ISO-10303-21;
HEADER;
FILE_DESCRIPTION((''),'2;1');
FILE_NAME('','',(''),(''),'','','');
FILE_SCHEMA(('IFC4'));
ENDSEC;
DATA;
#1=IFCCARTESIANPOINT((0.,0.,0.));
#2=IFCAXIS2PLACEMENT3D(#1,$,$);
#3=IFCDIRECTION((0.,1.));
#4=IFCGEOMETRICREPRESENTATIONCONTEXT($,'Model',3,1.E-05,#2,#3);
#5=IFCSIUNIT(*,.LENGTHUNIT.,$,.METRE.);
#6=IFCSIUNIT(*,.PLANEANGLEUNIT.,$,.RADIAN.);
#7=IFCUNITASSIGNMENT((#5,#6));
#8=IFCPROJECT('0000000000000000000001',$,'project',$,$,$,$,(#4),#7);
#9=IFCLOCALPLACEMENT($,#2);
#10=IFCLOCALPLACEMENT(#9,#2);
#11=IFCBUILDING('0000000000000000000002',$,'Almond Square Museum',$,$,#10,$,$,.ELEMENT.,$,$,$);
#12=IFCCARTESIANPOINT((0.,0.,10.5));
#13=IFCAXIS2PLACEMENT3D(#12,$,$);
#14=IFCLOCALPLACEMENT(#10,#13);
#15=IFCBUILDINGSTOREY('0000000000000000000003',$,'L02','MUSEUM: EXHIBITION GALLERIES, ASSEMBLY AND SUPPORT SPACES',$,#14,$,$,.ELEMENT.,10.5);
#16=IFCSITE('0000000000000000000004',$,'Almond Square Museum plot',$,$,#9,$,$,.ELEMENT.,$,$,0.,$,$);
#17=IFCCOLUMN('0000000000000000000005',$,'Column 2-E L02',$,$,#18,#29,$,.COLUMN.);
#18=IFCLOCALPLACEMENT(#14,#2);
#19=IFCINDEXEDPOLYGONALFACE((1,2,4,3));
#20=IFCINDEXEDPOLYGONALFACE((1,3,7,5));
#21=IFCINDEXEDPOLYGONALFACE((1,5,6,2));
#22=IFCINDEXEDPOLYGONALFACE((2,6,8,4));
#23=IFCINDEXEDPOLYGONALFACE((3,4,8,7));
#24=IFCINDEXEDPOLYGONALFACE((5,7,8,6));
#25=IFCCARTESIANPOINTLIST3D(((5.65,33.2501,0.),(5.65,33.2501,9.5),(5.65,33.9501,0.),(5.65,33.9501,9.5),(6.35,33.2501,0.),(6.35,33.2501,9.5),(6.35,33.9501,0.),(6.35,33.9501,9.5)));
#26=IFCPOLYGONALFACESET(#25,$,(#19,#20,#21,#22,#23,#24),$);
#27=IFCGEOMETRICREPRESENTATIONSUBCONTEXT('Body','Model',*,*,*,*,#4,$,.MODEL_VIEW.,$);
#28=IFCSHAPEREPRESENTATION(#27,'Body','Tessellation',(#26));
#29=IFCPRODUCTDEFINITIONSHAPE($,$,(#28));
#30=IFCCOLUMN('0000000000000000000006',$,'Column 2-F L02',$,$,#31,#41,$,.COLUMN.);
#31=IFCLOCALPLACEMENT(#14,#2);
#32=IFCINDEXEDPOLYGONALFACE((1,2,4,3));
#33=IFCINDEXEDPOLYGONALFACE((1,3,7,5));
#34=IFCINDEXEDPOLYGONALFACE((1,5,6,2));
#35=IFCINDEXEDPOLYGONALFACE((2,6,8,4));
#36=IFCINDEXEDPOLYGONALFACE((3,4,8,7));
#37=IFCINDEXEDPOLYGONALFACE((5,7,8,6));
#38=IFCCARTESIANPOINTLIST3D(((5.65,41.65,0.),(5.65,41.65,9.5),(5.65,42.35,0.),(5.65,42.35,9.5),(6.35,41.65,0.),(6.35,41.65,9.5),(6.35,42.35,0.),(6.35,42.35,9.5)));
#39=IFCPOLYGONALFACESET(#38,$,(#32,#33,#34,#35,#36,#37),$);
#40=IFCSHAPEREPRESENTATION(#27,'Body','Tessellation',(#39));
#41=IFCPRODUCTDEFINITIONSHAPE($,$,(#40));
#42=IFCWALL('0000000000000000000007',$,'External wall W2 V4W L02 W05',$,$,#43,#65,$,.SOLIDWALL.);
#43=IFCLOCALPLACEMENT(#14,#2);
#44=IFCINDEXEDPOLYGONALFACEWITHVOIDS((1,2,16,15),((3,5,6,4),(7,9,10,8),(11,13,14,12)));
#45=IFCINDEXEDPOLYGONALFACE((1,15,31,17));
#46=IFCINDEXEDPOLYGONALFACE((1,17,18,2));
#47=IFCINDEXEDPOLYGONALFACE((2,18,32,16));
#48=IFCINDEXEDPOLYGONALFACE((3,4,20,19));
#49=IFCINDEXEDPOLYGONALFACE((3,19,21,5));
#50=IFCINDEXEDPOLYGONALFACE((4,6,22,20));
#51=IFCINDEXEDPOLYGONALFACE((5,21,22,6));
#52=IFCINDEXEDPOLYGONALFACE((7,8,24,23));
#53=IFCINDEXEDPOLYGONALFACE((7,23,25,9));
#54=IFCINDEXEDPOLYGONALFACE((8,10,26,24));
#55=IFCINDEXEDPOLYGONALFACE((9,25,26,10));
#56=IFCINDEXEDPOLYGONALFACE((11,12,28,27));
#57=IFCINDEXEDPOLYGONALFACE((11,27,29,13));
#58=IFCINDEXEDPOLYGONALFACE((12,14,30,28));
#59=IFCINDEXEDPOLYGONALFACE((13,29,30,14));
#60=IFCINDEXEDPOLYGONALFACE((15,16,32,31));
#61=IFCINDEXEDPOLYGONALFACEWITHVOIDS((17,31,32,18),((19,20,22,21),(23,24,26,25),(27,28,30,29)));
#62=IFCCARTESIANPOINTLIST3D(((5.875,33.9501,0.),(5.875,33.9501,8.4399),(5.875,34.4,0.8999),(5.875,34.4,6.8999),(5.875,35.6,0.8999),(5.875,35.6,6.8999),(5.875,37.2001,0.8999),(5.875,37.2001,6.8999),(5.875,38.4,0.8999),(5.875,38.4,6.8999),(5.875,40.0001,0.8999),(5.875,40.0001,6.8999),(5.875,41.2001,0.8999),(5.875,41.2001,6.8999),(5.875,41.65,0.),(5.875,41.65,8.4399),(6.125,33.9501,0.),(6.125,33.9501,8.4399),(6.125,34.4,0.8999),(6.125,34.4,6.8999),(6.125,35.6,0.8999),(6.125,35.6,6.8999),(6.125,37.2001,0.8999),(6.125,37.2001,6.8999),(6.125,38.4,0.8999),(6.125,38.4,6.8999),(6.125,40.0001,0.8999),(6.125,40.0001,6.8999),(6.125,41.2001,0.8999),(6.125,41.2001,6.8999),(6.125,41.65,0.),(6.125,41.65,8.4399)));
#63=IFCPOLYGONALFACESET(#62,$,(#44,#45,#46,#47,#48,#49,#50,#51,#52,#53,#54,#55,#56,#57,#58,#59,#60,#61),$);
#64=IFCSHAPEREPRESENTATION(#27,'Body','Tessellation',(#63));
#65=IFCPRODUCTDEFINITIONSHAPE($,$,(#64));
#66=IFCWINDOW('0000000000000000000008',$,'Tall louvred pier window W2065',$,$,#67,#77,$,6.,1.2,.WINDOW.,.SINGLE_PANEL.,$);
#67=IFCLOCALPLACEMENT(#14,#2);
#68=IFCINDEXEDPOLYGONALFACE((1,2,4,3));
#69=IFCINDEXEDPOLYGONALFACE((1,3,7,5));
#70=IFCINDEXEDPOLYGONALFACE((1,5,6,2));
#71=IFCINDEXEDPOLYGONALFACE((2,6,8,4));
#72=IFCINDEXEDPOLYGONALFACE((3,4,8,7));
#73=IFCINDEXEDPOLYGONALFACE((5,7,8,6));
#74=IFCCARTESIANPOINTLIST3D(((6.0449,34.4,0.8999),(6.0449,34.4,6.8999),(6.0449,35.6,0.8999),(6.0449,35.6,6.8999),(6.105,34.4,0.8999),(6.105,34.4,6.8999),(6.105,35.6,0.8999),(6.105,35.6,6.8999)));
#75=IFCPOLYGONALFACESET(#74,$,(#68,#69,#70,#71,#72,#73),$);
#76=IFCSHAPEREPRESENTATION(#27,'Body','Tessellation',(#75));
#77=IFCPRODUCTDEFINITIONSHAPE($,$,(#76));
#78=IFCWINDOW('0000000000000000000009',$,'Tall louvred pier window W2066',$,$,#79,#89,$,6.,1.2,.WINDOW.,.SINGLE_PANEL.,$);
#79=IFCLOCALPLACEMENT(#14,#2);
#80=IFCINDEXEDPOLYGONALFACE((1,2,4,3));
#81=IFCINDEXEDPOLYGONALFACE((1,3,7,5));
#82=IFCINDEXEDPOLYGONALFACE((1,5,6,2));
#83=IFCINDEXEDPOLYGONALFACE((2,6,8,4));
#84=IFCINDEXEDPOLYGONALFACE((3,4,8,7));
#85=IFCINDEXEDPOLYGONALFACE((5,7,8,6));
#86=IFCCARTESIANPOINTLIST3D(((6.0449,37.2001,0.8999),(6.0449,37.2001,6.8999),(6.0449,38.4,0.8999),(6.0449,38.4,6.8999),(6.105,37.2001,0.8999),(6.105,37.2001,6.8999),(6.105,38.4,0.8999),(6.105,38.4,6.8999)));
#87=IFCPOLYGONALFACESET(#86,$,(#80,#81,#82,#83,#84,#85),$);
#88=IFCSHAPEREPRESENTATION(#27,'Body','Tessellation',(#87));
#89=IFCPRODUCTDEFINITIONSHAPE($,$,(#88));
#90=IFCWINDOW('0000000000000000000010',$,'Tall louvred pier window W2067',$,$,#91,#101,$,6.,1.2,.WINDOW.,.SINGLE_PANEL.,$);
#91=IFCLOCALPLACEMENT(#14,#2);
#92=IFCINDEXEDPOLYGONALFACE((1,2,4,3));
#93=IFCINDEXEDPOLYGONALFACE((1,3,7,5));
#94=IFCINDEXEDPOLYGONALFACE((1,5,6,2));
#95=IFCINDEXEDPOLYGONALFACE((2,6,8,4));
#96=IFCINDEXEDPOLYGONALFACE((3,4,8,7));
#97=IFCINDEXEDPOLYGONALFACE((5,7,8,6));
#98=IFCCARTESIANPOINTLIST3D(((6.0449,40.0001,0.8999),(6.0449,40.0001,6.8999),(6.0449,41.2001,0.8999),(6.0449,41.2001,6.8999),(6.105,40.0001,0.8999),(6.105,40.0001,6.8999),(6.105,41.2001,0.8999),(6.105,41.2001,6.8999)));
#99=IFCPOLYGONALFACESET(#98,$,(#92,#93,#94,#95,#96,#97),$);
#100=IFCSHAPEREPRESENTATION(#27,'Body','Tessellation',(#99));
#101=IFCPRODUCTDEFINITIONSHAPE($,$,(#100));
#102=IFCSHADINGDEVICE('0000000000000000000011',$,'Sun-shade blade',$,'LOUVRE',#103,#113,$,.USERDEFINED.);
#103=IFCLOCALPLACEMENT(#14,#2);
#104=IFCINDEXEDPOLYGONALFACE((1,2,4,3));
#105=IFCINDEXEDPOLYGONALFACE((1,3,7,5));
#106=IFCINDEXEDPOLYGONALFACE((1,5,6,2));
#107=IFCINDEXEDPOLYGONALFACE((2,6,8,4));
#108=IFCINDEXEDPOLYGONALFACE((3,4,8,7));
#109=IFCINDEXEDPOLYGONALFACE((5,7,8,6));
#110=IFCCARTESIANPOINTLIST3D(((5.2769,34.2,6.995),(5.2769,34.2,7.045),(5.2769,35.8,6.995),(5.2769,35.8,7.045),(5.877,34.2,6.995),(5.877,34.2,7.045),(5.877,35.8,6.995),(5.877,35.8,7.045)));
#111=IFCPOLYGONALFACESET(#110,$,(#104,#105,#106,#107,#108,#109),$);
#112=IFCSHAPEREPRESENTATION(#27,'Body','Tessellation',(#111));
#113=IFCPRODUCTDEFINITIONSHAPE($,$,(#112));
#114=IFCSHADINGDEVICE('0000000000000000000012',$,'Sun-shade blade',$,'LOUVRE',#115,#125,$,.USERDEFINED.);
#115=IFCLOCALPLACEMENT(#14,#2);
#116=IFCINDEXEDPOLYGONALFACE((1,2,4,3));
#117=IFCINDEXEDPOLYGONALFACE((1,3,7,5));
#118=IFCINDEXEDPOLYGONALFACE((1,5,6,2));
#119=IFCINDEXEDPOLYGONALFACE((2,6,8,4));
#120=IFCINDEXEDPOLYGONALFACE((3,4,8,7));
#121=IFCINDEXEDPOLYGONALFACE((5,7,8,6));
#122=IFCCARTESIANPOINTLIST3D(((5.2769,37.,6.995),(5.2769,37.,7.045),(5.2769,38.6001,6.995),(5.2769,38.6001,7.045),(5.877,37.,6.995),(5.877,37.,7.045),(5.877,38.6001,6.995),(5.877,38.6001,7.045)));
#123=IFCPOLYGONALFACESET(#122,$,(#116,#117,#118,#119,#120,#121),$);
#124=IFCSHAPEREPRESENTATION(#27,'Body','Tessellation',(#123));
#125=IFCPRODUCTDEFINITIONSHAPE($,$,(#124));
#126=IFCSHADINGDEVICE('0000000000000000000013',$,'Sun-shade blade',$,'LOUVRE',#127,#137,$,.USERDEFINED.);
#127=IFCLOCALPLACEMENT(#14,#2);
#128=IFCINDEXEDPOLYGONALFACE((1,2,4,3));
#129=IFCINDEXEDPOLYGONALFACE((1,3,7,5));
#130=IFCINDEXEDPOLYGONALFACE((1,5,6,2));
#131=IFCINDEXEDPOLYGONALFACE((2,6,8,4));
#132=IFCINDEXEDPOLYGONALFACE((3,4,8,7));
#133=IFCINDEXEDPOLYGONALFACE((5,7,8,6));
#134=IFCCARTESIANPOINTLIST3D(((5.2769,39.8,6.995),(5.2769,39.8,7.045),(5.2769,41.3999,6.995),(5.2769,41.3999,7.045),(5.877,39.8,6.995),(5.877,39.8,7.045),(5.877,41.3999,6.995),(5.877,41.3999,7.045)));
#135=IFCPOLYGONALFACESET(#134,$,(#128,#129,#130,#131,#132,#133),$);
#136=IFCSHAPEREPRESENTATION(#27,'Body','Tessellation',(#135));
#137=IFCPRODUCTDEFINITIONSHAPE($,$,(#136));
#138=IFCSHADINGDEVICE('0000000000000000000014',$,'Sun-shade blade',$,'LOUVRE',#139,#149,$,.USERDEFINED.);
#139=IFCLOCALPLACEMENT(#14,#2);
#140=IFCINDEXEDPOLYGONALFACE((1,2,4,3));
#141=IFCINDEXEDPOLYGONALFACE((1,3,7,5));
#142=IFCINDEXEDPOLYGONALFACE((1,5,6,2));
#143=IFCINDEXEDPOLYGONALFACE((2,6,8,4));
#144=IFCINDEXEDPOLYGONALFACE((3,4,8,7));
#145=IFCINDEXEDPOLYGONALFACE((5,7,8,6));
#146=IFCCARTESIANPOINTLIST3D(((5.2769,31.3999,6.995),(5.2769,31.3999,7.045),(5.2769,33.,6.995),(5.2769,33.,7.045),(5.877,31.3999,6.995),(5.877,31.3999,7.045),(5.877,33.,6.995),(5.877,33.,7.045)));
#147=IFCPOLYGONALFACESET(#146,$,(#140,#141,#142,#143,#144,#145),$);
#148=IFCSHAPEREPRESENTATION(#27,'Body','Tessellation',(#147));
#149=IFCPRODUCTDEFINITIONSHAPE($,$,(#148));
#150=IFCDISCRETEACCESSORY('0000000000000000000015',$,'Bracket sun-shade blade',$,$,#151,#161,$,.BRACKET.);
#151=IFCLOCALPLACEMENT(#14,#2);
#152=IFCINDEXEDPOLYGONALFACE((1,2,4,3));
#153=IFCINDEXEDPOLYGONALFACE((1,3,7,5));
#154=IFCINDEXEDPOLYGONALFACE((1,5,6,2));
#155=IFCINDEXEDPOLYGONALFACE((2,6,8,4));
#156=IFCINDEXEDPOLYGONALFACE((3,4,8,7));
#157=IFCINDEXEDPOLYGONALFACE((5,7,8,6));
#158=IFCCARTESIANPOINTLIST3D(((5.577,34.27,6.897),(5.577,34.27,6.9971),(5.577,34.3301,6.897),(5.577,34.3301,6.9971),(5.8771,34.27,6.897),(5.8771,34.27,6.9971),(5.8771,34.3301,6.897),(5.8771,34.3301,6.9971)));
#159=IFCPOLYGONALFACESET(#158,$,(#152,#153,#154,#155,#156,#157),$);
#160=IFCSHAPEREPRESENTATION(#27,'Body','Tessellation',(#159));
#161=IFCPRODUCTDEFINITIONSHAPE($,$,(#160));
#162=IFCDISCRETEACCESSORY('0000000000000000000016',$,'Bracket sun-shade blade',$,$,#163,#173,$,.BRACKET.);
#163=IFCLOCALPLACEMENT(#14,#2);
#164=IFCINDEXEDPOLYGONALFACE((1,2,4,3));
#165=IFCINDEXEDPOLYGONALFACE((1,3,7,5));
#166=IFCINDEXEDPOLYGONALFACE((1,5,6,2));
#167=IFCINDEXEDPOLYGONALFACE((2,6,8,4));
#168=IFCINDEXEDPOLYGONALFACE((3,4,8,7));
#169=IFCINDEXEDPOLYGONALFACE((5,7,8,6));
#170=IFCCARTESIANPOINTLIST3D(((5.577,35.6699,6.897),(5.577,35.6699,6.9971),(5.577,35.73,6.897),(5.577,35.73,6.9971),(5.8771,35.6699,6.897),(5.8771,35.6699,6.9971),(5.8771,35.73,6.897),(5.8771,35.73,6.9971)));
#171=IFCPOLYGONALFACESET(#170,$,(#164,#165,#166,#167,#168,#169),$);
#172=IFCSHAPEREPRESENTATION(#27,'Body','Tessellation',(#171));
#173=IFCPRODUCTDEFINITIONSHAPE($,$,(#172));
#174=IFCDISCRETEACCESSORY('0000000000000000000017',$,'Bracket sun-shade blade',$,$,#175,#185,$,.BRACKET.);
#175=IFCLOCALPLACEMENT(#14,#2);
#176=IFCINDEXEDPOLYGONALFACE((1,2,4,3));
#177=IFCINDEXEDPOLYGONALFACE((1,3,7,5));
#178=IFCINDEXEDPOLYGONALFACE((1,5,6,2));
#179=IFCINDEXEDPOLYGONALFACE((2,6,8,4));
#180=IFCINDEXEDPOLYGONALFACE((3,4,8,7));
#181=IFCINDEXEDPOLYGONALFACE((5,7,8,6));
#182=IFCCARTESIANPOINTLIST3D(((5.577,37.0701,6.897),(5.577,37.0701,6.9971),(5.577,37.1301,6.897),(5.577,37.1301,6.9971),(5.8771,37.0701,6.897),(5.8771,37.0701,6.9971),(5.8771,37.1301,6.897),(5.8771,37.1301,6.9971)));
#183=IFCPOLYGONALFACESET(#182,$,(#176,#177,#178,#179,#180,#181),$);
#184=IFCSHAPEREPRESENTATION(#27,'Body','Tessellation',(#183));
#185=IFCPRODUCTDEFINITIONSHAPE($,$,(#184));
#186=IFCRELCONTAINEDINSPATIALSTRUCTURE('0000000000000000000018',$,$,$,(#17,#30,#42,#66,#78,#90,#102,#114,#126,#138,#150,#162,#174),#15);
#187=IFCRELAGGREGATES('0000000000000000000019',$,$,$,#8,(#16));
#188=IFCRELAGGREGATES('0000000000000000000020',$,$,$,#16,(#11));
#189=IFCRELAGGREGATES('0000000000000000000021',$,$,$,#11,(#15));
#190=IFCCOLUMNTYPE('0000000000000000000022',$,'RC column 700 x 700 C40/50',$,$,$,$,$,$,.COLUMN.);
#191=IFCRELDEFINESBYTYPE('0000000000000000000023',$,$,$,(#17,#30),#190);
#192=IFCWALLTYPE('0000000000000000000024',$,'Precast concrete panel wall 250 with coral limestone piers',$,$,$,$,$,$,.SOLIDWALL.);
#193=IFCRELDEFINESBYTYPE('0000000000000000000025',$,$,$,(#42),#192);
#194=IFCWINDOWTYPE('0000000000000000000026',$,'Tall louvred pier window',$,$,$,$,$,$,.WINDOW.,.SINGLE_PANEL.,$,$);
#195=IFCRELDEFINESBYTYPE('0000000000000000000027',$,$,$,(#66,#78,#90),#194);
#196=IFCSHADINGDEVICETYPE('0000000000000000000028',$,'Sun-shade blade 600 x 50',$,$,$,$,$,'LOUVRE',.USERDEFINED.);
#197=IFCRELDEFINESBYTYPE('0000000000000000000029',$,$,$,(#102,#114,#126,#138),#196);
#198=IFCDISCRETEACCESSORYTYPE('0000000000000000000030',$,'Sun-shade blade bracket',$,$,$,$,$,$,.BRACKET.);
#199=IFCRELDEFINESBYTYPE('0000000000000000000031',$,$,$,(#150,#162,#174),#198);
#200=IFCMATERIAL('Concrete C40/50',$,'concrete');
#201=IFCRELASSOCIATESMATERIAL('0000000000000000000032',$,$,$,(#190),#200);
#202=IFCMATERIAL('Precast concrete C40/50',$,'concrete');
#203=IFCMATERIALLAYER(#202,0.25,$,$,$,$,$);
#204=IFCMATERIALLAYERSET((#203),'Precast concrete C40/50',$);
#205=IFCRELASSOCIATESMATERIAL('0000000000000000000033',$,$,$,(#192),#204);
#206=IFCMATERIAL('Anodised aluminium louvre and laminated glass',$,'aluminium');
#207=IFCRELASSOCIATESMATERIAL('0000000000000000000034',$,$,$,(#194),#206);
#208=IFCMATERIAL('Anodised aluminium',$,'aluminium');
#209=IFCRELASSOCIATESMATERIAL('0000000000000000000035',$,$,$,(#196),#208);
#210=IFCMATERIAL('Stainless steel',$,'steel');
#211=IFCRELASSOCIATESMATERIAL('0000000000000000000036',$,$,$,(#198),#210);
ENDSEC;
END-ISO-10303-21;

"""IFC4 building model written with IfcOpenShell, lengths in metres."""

from ifc_helpers import new_model, si_unit, direction, frame, frame_2d, origin, origin_2d, place, context, subcontext, project, spatial, rectangle, extrude, material, layer, layer_set, material_profile, profile_set, type_object, element, fill, save


model = new_model("IFC4")

# Units and contexts
model_context = context("Model", 3, precision=1e-05, world=origin(), true_north=direction((0.0, 1.0)))
body_context = subcontext(model_context, "Body", "Model", "MODEL_VIEW")
ifc_project = project(units=[si_unit("LENGTHUNIT", "METRE"), si_unit("PLANEANGLEUNIT", "RADIAN")], contexts=[model_context])

# Site, building, storey
site_placement = place(None, origin())
site = spatial("IfcSite", under=ifc_project, at=site_placement, Name="Almond Square Museum plot", CompositionType="ELEMENT", RefElevation=0.0)
building_placement = place(site_placement, origin())
building = spatial("IfcBuilding", under=site, at=building_placement, Name="Almond Square Museum", CompositionType="ELEMENT")
storey_placement = place(building_placement, frame((0.0, 0.0, 10.5)))
storey = spatial("IfcBuildingStorey", under=building, at=storey_placement, Name="L02", Description="MUSEUM: EXHIBITION GALLERIES, ASSEMBLY AND SUPPORT SPACES", CompositionType="ELEMENT", Elevation=10.5)

# Columns
ifc_material_1 = material(Name="Concrete C40/50", Category="concrete")
ifc_material_profile_1 = material_profile(ifc_material_1, rectangle(XDim=0.7, YDim=0.7, at=origin_2d()))
ifc_profile_set_1 = profile_set([ifc_material_profile_1], Name="Concrete C40/50")
column_type = type_object("IfcColumnType", Name="RC column 700 x 700 C40/50", PredefinedType="COLUMN", material=ifc_profile_set_1)
for number, where, z_axis, x_axis, name in (
    (1, (6.0, 33.6001, 0.0), (0.0, 0.0, 1.0), (1.0, 0.0, 0.0), "Column 2-E L02"),
    (2, (6.0, 42.0, 0.0), (0.0, 0.0, 1.0), (1.0, 0.0, 0.0), "Column 2-F L02"),
):
    element("IfcColumn", number, at=place(storey_placement, frame(where, z_axis=z_axis, x_axis=x_axis)), inside=storey, type_object=column_type, Name=name, PredefinedType="COLUMN", context=body_context, shape_type="SweptSolid", body=[
        extrude(rectangle(XDim=0.7, YDim=0.7, at=origin_2d()), origin(), (0.0, 0.0, 1.0), 9.5),
    ])

# Wall, openings, windows
ifc_material_2 = material(Name="Precast concrete C40/50", Category="concrete")
ifc_layer = layer(ifc_material_2, 0.25)
ifc_layer_set = layer_set([ifc_layer], Name="Precast concrete C40/50")
wall_type = type_object("IfcWallType", Name="Precast concrete panel wall 250 with coral limestone piers", PredefinedType="SOLIDWALL", material=ifc_layer_set)
wall_placement = place(storey_placement, frame((6.0, 33.95, 0.0), z_axis=(0.0, 0.0, 1.0), x_axis=(0.0, 1.0, 0.0)))
wall = element("IfcWall", 3, at=wall_placement, inside=storey, type_object=wall_type, Name="External wall W2 V4W L02 W05", PredefinedType="SOLIDWALL", context=body_context, shape_type="SweptSolid", body=[
    extrude(rectangle(XDim=7.7, YDim=0.25, at=frame_2d((3.8501, 0.0))), origin(), (0.0, 0.0, 1.0), 8.4399),
])
opening_1_placement = place(wall_placement, frame((0.45, 0.0, 0.8999)))
opening_1 = element("IfcOpeningElement", 4, at=opening_1_placement, cuts=wall, PredefinedType="OPENING", context=body_context, shape_type="SweptSolid", body=[
    extrude(rectangle(XDim=1.2, YDim=6.0, at=frame_2d((0.6001, 3.0))), frame((0.0, 0.135, 0.0), z_axis=(0.0, -1.0, 0.0), x_axis=(1.0, 0.0, 0.0)), (0.0, 0.0, 1.0), 0.27),
])
opening_2_placement = place(wall_placement, frame((3.25, 0.0, 0.8999)))
opening_2 = element("IfcOpeningElement", 5, at=opening_2_placement, cuts=wall, PredefinedType="OPENING", context=body_context, shape_type="SweptSolid", body=[
    extrude(rectangle(XDim=1.2, YDim=6.0, at=frame_2d((0.6001, 3.0))), frame((0.0, 0.135, 0.0), z_axis=(0.0, -1.0, 0.0), x_axis=(1.0, 0.0, 0.0)), (0.0, 0.0, 1.0), 0.27),
])
opening_3_placement = place(wall_placement, frame((6.05, 0.0, 0.8999)))
opening_3 = element("IfcOpeningElement", 6, at=opening_3_placement, cuts=wall, PredefinedType="OPENING", context=body_context, shape_type="SweptSolid", body=[
    extrude(rectangle(XDim=1.2, YDim=6.0, at=frame_2d((0.6001, 3.0))), frame((0.0, 0.135, 0.0), z_axis=(0.0, -1.0, 0.0), x_axis=(1.0, 0.0, 0.0)), (0.0, 0.0, 1.0), 0.27),
])
ifc_material_3 = material(Name="Anodised aluminium louvre and laminated glass", Category="aluminium")
window_type = type_object("IfcWindowType", Name="Tall louvred pier window", PartitioningType="SINGLE_PANEL", PredefinedType="WINDOW", material=ifc_material_3)
window_1_placement = place(opening_1_placement, origin())
window_1 = element("IfcWindow", 7, at=window_1_placement, inside=storey, type_object=window_type, Name="Tall louvred pier window W2065", OverallHeight=6.0, OverallWidth=1.2, PartitioningType="SINGLE_PANEL", PredefinedType="WINDOW", context=body_context, shape_type="SweptSolid", body=[
    extrude(rectangle(XDim=1.2, YDim=6.0, at=frame_2d((0.6001, 3.0))), frame((0.0, -0.0449, 0.0), z_axis=(0.0, -1.0, 0.0), x_axis=(1.0, 0.0, 0.0)), (0.0, 0.0, 1.0), 0.0601),
])
fill(opening_1, window_1)
window_2_placement = place(opening_2_placement, origin())
window_2 = element("IfcWindow", 8, at=window_2_placement, inside=storey, type_object=window_type, Name="Tall louvred pier window W2066", OverallHeight=6.0, OverallWidth=1.2, PartitioningType="SINGLE_PANEL", PredefinedType="WINDOW", context=body_context, shape_type="SweptSolid", body=[
    extrude(rectangle(XDim=1.2, YDim=6.0, at=frame_2d((0.6001, 3.0))), frame((0.0, -0.0449, 0.0), z_axis=(0.0, -1.0, 0.0), x_axis=(1.0, 0.0, 0.0)), (0.0, 0.0, 1.0), 0.0601),
])
fill(opening_2, window_2)
window_3_placement = place(opening_3_placement, origin())
window_3 = element("IfcWindow", 9, at=window_3_placement, inside=storey, type_object=window_type, Name="Tall louvred pier window W2067", OverallHeight=6.0, OverallWidth=1.2, PartitioningType="SINGLE_PANEL", PredefinedType="WINDOW", context=body_context, shape_type="SweptSolid", body=[
    extrude(rectangle(XDim=1.2, YDim=6.0, at=frame_2d((0.6001, 3.0))), frame((0.0, -0.0449, 0.0), z_axis=(0.0, -1.0, 0.0), x_axis=(1.0, 0.0, 0.0)), (0.0, 0.0, 1.0), 0.0601),
])
fill(opening_3, window_3)

# Shading devices
ifc_material_4 = material(Name="Anodised aluminium", Category="aluminium")
ifc_material_profile_2 = material_profile(ifc_material_4, rectangle(XDim=0.6001, YDim=0.05, at=origin_2d()))
ifc_profile_set_2 = profile_set([ifc_material_profile_2], Name="Anodised aluminium")
shading_device_type = type_object("IfcShadingDeviceType", Name="Sun-shade blade 600 x 50", ElementType="LOUVRE", PredefinedType="USERDEFINED", material=ifc_profile_set_2)
for number, where, z_axis, x_axis, name in (
    (10, (5.5769, 34.2, 7.02), (0.0, 1.0, 0.0), (-1.0, 0.0, 0.0), "Sun-shade blade"),
    (11, (5.5769, 37.0, 7.02), (0.0, 1.0, 0.0), (-1.0, 0.0, 0.0), "Sun-shade blade"),
):
    element("IfcShadingDevice", number, at=place(storey_placement, frame(where, z_axis=z_axis, x_axis=x_axis)), inside=storey, type_object=shading_device_type, Name=name, ObjectType="LOUVRE", PredefinedType="USERDEFINED", context=body_context, shape_type="SweptSolid", body=[
        extrude(rectangle(XDim=0.6001, YDim=0.05, at=origin_2d()), origin(), (0.0, 0.0, 1.0), 1.6001),
    ])
shading_device_1_placement = place(storey_placement, frame((5.5769, 39.8, 7.02), z_axis=(0.0, 1.0, 0.0), x_axis=(-1.0, 0.0, 0.0)))
element("IfcShadingDevice", 12, at=shading_device_1_placement, inside=storey, type_object=shading_device_type, Name="Sun-shade blade", ObjectType="LOUVRE", PredefinedType="USERDEFINED", context=body_context, shape_type="SweptSolid", body=[
    extrude(rectangle(XDim=0.6001, YDim=0.05, at=origin_2d()), origin(), (0.0, 0.0, 1.0), 1.5999),
])
shading_device_2_placement = place(storey_placement, frame((5.5769, 31.3999, 7.02), z_axis=(0.0, 1.0, 0.0), x_axis=(-1.0, 0.0, 0.0)))
element("IfcShadingDevice", 13, at=shading_device_2_placement, inside=storey, type_object=shading_device_type, Name="Sun-shade blade", ObjectType="LOUVRE", PredefinedType="USERDEFINED", context=body_context, shape_type="SweptSolid", body=[
    extrude(rectangle(XDim=0.6001, YDim=0.05, at=origin_2d()), origin(), (0.0, 0.0, 1.0), 1.6001),
])

# Discrete accessories
ifc_material_5 = material(Name="Stainless steel", Category="steel")
discrete_accessory_type = type_object("IfcDiscreteAccessoryType", Name="Sun-shade blade bracket", PredefinedType="BRACKET", material=ifc_material_5)
for number, where, z_axis, x_axis, name in (
    (14, (5.7271, 34.3, 6.897), (0.0, 0.0, 1.0), (1.0, 0.0, 0.0), "Bracket sun-shade blade"),
    (15, (5.7271, 35.7, 6.897), (0.0, 0.0, 1.0), (1.0, 0.0, 0.0), "Bracket sun-shade blade"),
    (16, (5.7271, 37.1001, 6.897), (0.0, 0.0, 1.0), (1.0, 0.0, 0.0), "Bracket sun-shade blade"),
):
    element("IfcDiscreteAccessory", number, at=place(storey_placement, frame(where, z_axis=z_axis, x_axis=x_axis)), inside=storey, type_object=discrete_accessory_type, Name=name, PredefinedType="BRACKET", context=body_context, shape_type="SweptSolid", body=[
        extrude(rectangle(XDim=0.3, YDim=0.0601, at=origin_2d()), origin(), (0.0, 0.0, 1.0), 0.1001),
    ])

save(model, "model.ifc")
